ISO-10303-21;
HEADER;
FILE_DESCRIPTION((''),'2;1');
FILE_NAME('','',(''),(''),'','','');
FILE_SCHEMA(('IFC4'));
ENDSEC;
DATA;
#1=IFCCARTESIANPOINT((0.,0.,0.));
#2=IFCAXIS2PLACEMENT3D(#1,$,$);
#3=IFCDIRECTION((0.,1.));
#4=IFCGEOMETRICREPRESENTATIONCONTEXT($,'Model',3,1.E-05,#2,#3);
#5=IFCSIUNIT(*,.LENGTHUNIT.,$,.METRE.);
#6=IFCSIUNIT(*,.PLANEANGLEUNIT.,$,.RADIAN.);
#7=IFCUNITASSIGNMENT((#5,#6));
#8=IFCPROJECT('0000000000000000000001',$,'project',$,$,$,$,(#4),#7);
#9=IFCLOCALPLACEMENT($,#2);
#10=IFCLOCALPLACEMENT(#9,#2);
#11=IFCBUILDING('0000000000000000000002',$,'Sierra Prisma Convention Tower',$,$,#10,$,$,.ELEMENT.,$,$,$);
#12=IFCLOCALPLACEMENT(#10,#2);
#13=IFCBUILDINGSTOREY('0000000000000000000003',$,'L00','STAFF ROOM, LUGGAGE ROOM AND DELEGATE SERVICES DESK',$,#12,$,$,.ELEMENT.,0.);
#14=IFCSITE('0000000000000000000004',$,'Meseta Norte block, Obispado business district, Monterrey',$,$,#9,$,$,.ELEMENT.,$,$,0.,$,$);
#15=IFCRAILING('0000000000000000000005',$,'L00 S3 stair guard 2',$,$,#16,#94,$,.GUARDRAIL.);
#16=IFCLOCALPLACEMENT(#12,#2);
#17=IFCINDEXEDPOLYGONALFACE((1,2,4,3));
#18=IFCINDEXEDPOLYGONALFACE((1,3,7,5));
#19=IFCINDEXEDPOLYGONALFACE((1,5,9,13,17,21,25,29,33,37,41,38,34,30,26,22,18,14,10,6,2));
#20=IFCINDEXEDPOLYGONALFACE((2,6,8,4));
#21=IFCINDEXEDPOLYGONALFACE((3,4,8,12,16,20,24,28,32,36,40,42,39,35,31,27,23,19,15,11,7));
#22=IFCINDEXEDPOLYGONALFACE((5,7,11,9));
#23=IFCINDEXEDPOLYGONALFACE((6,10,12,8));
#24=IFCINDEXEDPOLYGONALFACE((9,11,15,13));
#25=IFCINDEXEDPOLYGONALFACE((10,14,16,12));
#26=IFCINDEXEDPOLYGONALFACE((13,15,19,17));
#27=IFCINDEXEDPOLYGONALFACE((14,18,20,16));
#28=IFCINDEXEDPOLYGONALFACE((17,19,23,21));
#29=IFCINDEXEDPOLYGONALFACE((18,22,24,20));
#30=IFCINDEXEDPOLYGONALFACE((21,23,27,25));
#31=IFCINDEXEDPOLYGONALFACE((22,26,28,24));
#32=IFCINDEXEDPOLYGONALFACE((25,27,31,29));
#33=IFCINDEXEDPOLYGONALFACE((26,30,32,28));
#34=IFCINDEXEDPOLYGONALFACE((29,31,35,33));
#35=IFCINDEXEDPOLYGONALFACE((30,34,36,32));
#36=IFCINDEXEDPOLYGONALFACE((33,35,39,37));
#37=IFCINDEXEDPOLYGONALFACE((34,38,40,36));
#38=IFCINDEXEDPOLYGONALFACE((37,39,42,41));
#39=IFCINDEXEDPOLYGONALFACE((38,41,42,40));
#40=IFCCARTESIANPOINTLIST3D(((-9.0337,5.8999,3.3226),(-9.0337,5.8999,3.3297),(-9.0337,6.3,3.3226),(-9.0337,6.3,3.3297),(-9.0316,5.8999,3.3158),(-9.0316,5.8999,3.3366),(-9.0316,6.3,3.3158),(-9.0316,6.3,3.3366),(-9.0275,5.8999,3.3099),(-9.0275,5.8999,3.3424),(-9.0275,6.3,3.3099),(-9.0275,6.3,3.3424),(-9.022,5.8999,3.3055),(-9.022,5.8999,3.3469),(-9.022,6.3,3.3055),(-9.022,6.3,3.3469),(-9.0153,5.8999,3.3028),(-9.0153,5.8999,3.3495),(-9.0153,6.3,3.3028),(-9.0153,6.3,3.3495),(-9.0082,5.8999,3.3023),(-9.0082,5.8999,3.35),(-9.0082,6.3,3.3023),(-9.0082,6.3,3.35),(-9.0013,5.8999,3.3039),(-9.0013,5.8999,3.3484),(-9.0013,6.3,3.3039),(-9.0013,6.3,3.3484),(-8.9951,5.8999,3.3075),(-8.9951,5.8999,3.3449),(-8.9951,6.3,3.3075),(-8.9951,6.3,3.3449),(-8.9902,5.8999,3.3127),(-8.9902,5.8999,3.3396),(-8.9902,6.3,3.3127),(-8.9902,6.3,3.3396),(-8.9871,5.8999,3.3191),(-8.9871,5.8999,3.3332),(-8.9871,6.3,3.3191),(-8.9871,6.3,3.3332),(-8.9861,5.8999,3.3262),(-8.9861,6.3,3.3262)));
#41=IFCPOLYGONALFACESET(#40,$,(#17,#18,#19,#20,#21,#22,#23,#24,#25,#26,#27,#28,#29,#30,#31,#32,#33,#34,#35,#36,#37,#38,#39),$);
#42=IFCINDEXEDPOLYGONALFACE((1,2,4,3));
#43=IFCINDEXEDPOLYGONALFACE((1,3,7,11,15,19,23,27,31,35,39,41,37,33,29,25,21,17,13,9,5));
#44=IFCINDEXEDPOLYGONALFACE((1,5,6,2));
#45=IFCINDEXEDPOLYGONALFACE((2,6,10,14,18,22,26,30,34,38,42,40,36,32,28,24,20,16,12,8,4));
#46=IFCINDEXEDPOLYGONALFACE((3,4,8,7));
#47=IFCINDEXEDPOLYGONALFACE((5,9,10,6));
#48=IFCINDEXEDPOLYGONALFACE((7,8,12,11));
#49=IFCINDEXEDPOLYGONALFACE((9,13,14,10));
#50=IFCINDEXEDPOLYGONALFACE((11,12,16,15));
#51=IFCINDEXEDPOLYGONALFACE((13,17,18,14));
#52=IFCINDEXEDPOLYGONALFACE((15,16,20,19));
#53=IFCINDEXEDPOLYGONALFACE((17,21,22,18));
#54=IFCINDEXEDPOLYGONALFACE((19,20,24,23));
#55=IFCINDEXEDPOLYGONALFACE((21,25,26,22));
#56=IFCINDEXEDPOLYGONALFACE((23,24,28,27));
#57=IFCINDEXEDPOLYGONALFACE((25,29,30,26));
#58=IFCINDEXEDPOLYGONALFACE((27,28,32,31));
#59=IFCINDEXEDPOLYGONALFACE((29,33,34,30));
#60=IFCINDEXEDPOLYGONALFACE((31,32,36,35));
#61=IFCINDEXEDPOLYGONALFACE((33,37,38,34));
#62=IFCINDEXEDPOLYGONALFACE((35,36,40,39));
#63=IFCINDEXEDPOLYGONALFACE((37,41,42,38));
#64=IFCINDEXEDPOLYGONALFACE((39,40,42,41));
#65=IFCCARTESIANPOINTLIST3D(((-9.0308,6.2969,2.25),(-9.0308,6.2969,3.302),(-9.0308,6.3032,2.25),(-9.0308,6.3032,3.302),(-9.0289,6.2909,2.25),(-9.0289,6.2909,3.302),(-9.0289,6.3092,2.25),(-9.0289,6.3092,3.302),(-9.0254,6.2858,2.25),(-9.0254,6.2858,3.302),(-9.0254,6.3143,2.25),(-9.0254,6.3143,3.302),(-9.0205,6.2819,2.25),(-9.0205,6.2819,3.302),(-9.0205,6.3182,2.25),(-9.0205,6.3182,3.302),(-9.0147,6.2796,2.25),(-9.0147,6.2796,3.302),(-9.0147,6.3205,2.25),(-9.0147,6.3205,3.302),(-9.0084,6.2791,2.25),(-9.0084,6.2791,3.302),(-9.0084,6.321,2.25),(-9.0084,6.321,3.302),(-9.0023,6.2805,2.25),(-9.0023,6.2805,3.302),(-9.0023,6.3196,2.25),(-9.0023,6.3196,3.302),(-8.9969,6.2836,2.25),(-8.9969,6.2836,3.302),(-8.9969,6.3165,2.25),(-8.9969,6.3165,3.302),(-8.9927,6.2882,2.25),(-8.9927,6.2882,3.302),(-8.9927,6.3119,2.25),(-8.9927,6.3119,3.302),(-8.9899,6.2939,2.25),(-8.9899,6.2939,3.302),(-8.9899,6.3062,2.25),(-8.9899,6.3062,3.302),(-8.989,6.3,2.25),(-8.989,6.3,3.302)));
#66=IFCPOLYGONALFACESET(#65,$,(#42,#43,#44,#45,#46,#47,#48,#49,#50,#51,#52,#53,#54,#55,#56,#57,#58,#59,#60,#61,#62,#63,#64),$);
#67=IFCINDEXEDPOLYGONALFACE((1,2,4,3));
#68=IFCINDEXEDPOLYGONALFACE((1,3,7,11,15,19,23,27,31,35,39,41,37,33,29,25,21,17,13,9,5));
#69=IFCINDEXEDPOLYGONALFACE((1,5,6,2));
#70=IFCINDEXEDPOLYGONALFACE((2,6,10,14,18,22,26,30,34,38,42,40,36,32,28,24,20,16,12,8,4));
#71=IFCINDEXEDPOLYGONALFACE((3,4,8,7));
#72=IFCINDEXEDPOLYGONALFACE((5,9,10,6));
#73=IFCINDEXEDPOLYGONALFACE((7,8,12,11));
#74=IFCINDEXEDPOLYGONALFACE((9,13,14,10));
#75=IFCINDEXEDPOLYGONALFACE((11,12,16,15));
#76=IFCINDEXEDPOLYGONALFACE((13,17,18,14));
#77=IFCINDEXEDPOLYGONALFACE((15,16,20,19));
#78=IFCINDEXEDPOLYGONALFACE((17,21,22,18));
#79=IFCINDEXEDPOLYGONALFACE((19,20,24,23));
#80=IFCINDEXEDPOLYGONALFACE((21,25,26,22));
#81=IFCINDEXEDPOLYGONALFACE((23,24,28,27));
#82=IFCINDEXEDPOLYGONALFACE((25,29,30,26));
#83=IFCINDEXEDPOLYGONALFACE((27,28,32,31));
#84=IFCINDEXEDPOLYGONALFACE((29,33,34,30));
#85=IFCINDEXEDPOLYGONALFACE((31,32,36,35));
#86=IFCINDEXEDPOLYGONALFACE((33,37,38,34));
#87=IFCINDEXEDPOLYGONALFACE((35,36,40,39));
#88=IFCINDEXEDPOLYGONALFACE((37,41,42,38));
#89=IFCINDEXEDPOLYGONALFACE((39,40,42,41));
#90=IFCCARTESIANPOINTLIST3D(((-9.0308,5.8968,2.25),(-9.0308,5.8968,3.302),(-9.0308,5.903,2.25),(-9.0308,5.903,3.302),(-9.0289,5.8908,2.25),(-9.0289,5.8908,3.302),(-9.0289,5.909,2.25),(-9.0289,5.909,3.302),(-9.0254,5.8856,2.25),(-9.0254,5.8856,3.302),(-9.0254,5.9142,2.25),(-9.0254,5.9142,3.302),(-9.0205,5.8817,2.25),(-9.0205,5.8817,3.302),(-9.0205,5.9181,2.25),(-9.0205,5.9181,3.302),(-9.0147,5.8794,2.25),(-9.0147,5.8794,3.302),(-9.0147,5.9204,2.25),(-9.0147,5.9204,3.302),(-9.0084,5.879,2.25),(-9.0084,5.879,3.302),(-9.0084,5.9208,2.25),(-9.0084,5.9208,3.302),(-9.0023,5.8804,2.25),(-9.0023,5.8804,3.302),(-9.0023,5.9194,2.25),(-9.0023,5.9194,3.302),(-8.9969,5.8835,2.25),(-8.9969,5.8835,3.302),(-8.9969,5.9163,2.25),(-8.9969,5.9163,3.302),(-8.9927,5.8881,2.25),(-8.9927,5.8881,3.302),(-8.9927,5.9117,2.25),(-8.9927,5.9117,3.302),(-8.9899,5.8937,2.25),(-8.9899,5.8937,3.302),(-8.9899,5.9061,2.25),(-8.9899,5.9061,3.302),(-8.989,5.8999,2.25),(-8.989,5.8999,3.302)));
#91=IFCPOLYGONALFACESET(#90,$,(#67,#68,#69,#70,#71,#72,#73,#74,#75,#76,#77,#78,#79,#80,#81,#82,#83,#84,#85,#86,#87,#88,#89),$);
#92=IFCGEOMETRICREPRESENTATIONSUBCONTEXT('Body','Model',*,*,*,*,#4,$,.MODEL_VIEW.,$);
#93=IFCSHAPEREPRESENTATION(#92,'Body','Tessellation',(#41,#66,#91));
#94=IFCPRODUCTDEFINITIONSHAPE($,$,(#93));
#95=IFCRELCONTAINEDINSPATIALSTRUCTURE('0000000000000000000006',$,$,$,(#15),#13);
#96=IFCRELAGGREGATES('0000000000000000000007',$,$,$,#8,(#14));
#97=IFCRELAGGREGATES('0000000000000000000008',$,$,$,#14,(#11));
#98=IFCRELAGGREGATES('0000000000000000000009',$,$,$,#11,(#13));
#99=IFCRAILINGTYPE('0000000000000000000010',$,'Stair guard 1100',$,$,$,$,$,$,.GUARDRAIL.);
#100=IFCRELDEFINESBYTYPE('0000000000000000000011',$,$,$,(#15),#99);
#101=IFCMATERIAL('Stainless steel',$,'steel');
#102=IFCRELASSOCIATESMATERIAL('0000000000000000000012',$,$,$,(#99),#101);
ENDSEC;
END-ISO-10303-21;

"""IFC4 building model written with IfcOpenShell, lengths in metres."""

from ifc_helpers import new_model, si_unit, direction, frame, origin, origin_2d, place, context, subcontext, project, spatial, circle, extrude, material, type_object, element, save


model = new_model("IFC4")

# Units and contexts
model_context = context("Model", 3, precision=1e-05, world=origin(), true_north=direction((0.0, 1.0)))
body_context = subcontext(model_context, "Body", "Model", "MODEL_VIEW")
ifc_project = project(units=[si_unit("LENGTHUNIT", "METRE"), si_unit("PLANEANGLEUNIT", "RADIAN")], contexts=[model_context])

# Site, building, storey
site_placement = place(None, origin())
site = spatial("IfcSite", under=ifc_project, at=site_placement, Name="Meseta Norte block, Obispado business district, Monterrey", CompositionType="ELEMENT", RefElevation=0.0)
building_placement = place(site_placement, origin())
building = spatial("IfcBuilding", under=site, at=building_placement, Name="Sierra Prisma Convention Tower", CompositionType="ELEMENT")
storey_placement = place(building_placement, origin())
storey = spatial("IfcBuildingStorey", under=building, at=storey_placement, Name="L00", Description="STAFF ROOM, LUGGAGE ROOM AND DELEGATE SERVICES DESK", CompositionType="ELEMENT", Elevation=0.0)

# Railing
ifc_material_1 = material(Name="Stainless steel", Category="steel")
railing_type_1 = type_object("IfcRailingType", Name="Stair guard 1100", PredefinedType="GUARDRAIL", material=ifc_material_1)
railing_1_placement = place(storey_placement, frame((-9.01, 6.3, 2.25)))
element("IfcRailing", 1, at=railing_1_placement, inside=storey, type_object=railing_type_1, Name="L00 S3 stair guard 2", PredefinedType="GUARDRAIL", context=body_context, shape_type="SweptSolid", body=[
    extrude(circle(Radius=0.0239, at=origin_2d()), frame((0.0, 0.0, 1.0762), z_axis=(0.0, -1.0, 0.0), x_axis=(1.0, 0.0, 0.0)), (0.0, 0.0, 1.0), 0.4001),
    extrude(circle(Radius=0.021, at=origin_2d()), origin(), (0.0, 0.0, 1.0), 1.052),
    extrude(circle(Radius=0.021, at=origin_2d()), frame((0.0, -0.4001, 0.0)), (0.0, 0.0, 1.0), 1.052),
])

save(model, "model.ifc")
